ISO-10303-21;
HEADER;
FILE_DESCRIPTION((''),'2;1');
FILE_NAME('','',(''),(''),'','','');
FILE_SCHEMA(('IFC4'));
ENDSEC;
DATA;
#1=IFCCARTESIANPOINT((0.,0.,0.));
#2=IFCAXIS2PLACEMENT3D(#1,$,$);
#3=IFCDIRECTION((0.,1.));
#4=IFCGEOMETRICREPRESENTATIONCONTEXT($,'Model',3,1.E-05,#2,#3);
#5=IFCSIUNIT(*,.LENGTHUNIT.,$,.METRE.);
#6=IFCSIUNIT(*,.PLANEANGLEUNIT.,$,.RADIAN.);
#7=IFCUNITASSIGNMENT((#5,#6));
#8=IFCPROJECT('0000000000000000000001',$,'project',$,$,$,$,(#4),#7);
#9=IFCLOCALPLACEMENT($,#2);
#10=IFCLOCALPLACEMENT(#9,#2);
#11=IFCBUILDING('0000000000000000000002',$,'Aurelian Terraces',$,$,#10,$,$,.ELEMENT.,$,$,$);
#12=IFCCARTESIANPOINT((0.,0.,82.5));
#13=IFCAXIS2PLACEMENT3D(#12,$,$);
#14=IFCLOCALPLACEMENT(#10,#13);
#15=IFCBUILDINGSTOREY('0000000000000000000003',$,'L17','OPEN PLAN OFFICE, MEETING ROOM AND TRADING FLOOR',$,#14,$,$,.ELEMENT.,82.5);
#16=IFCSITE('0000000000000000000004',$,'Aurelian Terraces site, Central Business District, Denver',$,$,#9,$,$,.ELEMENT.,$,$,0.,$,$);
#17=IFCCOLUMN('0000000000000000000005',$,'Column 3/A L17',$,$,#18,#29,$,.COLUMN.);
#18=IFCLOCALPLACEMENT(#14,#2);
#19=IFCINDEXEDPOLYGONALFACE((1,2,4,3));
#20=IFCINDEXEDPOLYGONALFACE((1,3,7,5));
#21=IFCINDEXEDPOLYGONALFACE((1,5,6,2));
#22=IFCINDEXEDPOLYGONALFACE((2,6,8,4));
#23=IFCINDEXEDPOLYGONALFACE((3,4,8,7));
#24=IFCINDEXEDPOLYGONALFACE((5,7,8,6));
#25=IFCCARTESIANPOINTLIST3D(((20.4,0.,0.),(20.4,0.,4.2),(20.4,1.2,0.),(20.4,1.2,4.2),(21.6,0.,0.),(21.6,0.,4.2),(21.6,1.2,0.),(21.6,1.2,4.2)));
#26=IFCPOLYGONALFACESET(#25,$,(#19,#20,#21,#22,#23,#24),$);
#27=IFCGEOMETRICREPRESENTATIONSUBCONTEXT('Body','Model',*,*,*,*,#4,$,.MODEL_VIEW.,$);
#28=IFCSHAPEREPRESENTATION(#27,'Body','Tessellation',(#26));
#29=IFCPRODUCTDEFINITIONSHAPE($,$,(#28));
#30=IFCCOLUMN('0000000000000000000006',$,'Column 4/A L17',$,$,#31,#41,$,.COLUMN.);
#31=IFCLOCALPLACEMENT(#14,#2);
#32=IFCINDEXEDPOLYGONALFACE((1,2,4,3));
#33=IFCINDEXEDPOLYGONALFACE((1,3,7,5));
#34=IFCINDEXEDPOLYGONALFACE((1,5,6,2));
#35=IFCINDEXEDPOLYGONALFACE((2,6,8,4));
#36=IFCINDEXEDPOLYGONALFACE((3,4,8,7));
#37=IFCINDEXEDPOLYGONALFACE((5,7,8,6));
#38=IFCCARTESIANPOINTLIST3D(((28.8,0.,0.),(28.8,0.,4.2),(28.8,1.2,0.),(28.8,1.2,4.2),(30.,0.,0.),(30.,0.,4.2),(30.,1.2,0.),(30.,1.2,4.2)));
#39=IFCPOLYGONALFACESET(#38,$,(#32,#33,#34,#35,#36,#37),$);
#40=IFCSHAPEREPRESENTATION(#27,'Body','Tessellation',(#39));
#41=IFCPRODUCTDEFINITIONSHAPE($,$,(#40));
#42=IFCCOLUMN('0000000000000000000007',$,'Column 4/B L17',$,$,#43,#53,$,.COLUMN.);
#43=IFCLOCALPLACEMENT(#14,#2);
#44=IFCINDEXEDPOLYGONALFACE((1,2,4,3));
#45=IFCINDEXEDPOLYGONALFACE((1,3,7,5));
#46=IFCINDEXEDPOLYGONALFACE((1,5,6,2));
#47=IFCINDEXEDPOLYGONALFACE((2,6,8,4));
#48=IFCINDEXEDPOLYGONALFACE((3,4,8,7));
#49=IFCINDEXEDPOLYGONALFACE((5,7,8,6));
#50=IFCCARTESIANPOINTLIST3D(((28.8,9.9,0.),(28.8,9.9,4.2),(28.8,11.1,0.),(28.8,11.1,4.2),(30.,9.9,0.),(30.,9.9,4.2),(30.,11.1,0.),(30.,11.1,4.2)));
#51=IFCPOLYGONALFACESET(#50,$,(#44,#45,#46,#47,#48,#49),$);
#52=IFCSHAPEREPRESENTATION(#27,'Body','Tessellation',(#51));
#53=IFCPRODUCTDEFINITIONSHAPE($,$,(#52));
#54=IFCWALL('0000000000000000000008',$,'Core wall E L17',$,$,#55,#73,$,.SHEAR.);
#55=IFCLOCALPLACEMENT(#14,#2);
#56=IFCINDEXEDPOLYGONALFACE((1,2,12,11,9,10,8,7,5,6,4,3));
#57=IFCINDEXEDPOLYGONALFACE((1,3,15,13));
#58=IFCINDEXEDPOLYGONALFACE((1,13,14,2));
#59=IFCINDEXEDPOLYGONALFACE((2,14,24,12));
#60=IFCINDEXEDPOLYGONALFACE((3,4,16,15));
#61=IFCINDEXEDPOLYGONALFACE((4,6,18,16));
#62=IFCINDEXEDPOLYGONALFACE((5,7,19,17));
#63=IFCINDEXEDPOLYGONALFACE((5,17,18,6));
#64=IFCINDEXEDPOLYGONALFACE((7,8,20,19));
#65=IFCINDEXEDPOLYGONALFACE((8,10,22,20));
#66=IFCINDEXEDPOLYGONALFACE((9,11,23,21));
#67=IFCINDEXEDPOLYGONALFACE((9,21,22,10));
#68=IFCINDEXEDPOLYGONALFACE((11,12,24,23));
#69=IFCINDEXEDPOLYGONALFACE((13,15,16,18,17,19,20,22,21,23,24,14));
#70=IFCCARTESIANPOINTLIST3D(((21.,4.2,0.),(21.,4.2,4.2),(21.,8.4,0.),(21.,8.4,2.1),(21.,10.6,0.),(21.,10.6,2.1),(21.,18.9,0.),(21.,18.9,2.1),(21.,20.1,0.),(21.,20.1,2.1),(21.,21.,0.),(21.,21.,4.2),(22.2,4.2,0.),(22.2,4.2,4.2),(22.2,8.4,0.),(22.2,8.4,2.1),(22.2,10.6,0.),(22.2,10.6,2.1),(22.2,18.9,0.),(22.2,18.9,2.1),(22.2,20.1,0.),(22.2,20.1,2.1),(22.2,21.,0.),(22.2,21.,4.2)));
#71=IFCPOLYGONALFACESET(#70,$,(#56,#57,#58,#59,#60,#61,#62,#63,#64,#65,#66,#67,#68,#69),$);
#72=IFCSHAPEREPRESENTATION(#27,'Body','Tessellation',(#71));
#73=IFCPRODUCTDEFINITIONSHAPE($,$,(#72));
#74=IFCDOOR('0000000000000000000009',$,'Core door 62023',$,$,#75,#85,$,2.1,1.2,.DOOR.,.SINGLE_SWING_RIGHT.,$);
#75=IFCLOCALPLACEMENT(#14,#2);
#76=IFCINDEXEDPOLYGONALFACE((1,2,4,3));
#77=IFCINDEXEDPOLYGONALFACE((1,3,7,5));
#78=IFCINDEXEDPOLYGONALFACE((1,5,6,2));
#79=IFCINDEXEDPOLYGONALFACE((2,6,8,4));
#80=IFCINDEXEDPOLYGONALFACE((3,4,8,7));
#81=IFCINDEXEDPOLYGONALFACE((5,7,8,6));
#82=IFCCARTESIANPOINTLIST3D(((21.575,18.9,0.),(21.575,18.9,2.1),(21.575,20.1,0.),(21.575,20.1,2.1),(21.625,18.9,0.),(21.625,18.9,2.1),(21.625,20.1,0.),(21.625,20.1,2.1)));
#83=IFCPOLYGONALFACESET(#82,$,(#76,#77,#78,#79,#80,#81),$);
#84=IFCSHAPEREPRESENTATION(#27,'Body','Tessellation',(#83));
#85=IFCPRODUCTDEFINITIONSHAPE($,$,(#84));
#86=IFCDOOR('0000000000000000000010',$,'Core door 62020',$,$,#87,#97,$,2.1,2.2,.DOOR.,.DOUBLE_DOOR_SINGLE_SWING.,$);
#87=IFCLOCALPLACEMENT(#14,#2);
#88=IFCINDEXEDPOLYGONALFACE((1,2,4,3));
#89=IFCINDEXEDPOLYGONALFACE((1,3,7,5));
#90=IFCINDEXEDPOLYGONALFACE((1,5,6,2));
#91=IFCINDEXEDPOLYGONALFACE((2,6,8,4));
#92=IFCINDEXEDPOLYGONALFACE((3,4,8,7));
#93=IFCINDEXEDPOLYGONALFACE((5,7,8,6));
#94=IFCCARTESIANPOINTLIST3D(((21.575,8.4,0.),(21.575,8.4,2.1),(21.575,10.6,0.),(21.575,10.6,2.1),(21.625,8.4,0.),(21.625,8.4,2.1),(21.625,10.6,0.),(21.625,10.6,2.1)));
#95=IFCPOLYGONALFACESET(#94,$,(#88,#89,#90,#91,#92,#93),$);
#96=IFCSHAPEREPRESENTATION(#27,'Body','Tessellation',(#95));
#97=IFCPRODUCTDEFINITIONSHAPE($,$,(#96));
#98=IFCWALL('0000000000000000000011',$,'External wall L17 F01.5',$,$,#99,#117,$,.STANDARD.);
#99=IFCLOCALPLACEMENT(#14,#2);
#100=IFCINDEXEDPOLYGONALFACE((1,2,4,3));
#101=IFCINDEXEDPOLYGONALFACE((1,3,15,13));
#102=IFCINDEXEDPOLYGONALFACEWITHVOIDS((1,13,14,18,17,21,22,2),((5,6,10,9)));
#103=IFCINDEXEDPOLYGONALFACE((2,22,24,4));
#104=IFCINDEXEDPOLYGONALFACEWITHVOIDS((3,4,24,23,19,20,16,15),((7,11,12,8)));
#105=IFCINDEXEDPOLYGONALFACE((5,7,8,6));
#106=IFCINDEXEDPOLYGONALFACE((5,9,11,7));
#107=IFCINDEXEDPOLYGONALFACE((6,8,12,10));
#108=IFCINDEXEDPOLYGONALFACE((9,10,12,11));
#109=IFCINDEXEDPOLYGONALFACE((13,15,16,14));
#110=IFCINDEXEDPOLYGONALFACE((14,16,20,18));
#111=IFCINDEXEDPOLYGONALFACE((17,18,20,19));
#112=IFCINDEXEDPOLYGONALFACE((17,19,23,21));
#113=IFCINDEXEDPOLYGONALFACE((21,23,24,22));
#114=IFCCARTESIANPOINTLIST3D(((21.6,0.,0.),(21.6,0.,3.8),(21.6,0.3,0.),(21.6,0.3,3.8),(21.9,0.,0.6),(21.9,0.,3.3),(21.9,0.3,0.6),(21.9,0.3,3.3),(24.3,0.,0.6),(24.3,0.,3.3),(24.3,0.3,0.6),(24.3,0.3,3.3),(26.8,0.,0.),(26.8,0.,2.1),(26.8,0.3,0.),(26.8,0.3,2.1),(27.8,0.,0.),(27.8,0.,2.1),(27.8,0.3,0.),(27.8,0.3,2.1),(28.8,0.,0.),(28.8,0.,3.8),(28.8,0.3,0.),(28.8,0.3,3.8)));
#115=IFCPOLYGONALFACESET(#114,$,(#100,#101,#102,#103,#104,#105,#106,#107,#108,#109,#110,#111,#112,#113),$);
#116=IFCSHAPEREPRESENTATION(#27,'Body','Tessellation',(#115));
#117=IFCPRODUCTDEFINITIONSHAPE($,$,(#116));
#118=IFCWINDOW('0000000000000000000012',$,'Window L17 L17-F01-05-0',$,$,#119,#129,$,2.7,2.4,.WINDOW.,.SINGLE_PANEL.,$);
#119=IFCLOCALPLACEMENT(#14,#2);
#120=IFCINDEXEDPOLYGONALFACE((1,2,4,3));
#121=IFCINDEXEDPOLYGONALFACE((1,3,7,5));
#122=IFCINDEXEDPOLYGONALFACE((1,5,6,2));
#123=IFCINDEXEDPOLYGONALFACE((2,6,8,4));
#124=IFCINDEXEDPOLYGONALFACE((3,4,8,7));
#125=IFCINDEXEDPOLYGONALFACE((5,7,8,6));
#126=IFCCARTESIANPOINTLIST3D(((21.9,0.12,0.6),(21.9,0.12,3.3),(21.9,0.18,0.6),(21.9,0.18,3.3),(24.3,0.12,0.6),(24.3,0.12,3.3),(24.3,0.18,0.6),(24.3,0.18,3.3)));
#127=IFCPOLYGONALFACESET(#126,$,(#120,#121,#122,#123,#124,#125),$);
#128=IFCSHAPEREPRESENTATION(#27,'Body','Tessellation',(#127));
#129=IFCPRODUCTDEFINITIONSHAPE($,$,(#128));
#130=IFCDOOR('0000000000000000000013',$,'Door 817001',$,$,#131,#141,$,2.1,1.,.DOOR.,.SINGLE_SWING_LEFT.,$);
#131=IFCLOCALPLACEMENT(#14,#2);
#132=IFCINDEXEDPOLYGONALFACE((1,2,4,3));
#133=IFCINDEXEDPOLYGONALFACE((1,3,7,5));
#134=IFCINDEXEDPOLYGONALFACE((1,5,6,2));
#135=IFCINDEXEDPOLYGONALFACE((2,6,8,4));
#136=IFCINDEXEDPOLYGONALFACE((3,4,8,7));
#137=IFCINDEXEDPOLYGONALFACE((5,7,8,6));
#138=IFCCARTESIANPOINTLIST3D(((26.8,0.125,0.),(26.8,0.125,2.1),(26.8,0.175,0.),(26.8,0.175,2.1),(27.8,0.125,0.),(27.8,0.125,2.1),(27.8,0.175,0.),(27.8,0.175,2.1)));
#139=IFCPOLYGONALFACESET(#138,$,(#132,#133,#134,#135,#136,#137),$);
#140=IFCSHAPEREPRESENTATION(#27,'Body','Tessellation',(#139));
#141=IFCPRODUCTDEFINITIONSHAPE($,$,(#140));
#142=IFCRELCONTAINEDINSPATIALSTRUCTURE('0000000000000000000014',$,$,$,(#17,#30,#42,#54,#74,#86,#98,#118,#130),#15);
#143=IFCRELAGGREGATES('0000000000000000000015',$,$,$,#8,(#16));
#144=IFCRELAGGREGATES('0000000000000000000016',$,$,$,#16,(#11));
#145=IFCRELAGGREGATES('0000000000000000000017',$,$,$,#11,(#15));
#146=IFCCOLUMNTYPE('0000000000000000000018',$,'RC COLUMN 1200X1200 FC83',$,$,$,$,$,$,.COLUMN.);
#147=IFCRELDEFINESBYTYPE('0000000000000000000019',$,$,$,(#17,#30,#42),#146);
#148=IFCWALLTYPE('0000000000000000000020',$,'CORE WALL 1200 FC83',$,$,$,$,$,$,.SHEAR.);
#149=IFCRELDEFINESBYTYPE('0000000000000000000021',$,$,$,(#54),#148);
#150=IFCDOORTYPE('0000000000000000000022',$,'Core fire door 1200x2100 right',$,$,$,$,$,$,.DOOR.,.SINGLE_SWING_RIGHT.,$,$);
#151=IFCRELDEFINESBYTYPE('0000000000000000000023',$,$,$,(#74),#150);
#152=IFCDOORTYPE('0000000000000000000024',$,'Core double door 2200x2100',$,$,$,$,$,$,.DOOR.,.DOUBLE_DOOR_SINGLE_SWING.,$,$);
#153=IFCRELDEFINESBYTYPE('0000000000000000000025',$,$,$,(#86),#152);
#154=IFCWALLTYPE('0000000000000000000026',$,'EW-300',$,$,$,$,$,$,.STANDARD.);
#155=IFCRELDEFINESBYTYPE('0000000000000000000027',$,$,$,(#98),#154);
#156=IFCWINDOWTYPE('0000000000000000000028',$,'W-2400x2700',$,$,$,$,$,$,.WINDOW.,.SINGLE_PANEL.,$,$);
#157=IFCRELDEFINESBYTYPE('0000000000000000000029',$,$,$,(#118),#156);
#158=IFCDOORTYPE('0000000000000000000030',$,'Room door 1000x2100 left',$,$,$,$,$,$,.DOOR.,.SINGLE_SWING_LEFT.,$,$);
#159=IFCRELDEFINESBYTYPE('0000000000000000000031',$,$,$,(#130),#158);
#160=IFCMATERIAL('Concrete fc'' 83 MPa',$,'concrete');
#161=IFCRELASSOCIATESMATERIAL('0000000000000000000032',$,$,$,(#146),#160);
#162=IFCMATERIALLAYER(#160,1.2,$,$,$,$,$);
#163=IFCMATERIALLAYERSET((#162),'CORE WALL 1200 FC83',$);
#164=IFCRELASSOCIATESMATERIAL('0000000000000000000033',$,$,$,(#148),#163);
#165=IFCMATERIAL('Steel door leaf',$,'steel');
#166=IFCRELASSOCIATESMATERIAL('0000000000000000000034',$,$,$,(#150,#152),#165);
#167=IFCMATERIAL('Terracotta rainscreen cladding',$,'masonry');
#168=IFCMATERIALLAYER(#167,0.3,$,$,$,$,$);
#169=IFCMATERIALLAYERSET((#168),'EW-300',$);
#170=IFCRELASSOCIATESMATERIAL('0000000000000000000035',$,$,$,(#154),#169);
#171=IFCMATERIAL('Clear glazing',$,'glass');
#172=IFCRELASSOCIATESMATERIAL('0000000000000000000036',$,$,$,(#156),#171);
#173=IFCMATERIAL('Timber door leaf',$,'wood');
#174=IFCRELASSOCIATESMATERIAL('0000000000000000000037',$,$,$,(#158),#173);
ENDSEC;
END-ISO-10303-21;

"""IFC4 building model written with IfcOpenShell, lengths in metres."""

from ifc_helpers import new_model, si_unit, direction, frame, frame_2d, origin, origin_2d, place, context, subcontext, project, spatial, rectangle, extrude, source, transform, mapped, material, layer, layer_set, material_profile, profile_set, type_object, element, fill, save


model = new_model("IFC4")

# Units and contexts
model_context = context("Model", 3, precision=1e-05, world=origin(), true_north=direction((0.0, 1.0)))
body_context = subcontext(model_context, "Body", "Model", "MODEL_VIEW")
ifc_project = project(units=[si_unit("LENGTHUNIT", "METRE"), si_unit("PLANEANGLEUNIT", "RADIAN")], contexts=[model_context])

# Site, building, storey
site_placement = place(None, origin())
site = spatial("IfcSite", under=ifc_project, at=site_placement, Name="Aurelian Terraces site, Central Business District, Denver", CompositionType="ELEMENT", RefElevation=0.0)
building_placement = place(site_placement, origin())
building = spatial("IfcBuilding", under=site, at=building_placement, Name="Aurelian Terraces", CompositionType="ELEMENT")
storey_placement = place(building_placement, frame((0.0, 0.0, 82.5)))
storey = spatial("IfcBuildingStorey", under=building, at=storey_placement, Name="L17", Description="OPEN PLAN OFFICE, MEETING ROOM AND TRADING FLOOR", CompositionType="ELEMENT", Elevation=82.5)

# Columns
ifc_material_1 = material(Name="Concrete fc' 83 MPa", Category="concrete")
ifc_material_profile = material_profile(ifc_material_1, rectangle(XDim=1.2, YDim=1.2, at=origin_2d()))
ifc_profile_set = profile_set([ifc_material_profile], Name="Concrete fc' 83 MPa")
column_type = type_object("IfcColumnType", Name="RC COLUMN 1200X1200 FC83", PredefinedType="COLUMN", material=ifc_profile_set)
shared_shape_1 = source(origin(), body_context, "Body", "SweptSolid", [
    extrude(rectangle(XDim=1.2, YDim=1.2, at=origin_2d()), origin(), (0.0, 0.0, 1.0), 4.2),
])
for number, where, z_axis, x_axis, name in (
    (1, (21.0, 0.6, 0.0), (0.0, 0.0, 1.0), (1.0, 0.0, 0.0), "Column 3/A L17"),
    (2, (29.4, 0.6, 0.0), (0.0, 0.0, 1.0), (1.0, 0.0, 0.0), "Column 4/A L17"),
    (3, (29.4, 10.5, 0.0), (0.0, 0.0, 1.0), (1.0, 0.0, 0.0), "Column 4/B L17"),
):
    element("IfcColumn", number, at=place(storey_placement, frame(where, z_axis=z_axis, x_axis=x_axis)), inside=storey, type_object=column_type, Name=name, PredefinedType="COLUMN", context=body_context, shape_type="MappedRepresentation", body=[
        mapped(shared_shape_1, transform((0.0, 0.0, 0.0), scale=1.0)),
    ])

# Wall, openings, doors
ifc_layer_1 = layer(ifc_material_1, 1.2)
ifc_layer_set_1 = layer_set([ifc_layer_1], Name="CORE WALL 1200 FC83")
wall_type_1 = type_object("IfcWallType", Name="CORE WALL 1200 FC83", PredefinedType="SHEAR", material=ifc_layer_set_1)
shared_shape_2 = source(origin(), body_context, "Body", "SweptSolid", [
    extrude(rectangle(XDim=16.8, YDim=1.2, at=frame_2d((8.4, 0.0))), origin(), (0.0, 0.0, 1.0), 4.2),
])
wall_1_placement = place(storey_placement, frame((21.6, 4.2, 0.0), z_axis=(0.0, 0.0, 1.0), x_axis=(0.0, 1.0, 0.0)))
wall_1 = element("IfcWall", 4, at=wall_1_placement, inside=storey, type_object=wall_type_1, Name="Core wall E L17", PredefinedType="SHEAR", context=body_context, shape_type="MappedRepresentation", body=[
    mapped(shared_shape_2, transform((0.0, 0.0, 0.0), scale=1.0)),
])
shared_shape_3 = source(origin(), body_context, "Body", "SweptSolid", [
    extrude(rectangle(XDim=2.2, YDim=2.1, at=frame_2d((1.1, 1.05))), frame((0.0, 0.61, 0.0), z_axis=(0.0, -1.0, 0.0), x_axis=(1.0, 0.0, 0.0)), (0.0, 0.0, 1.0), 1.22),
])
opening_1_placement = place(wall_1_placement, frame((4.2, 0.0, 0.0)))
opening_1 = element("IfcOpeningElement", 5, at=opening_1_placement, cuts=wall_1, PredefinedType="OPENING", context=body_context, shape_type="MappedRepresentation", body=[
    mapped(shared_shape_3, transform((0.0, 0.0, 0.0), scale=1.0)),
])
shared_shape_4 = source(origin(), body_context, "Body", "SweptSolid", [
    extrude(rectangle(XDim=1.2, YDim=2.1, at=frame_2d((0.6, 1.05))), frame((0.0, 0.61, 0.0), z_axis=(0.0, -1.0, 0.0), x_axis=(1.0, 0.0, 0.0)), (0.0, 0.0, 1.0), 1.22),
])
opening_2_placement = place(wall_1_placement, frame((14.7, 0.0, 0.0)))
opening_2 = element("IfcOpeningElement", 6, at=opening_2_placement, cuts=wall_1, PredefinedType="OPENING", context=body_context, shape_type="MappedRepresentation", body=[
    mapped(shared_shape_4, transform((0.0, 0.0, 0.0), scale=1.0)),
])
ifc_material_2 = material(Name="Steel door leaf", Category="steel")
door_type_1 = type_object("IfcDoorType", Name="Core fire door 1200x2100 right", OperationType="SINGLE_SWING_RIGHT", PredefinedType="DOOR", material=ifc_material_2)
shared_shape_5 = source(origin(), body_context, "Body", "SweptSolid", [
    extrude(rectangle(XDim=1.2, YDim=2.1, at=frame_2d((0.6, 1.05))), frame((0.0, 0.025, 0.0), z_axis=(0.0, -1.0, 0.0), x_axis=(1.0, 0.0, 0.0)), (0.0, 0.0, 1.0), 0.05),
])
door_1_placement = place(opening_2_placement, origin())
door_1 = element("IfcDoor", 7, at=door_1_placement, inside=storey, type_object=door_type_1, Name="Core door 62023", OperationType="SINGLE_SWING_RIGHT", OverallHeight=2.1, OverallWidth=1.2, PredefinedType="DOOR", context=body_context, shape_type="MappedRepresentation", body=[
    mapped(shared_shape_5, transform((0.0, 0.0, 0.0), scale=1.0)),
])
fill(opening_2, door_1)
door_type_2 = type_object("IfcDoorType", Name="Core double door 2200x2100", OperationType="DOUBLE_DOOR_SINGLE_SWING", PredefinedType="DOOR", material=ifc_material_2)
shared_shape_6 = source(origin(), body_context, "Body", "SweptSolid", [
    extrude(rectangle(XDim=2.2, YDim=2.1, at=frame_2d((1.1, 1.05))), frame((0.0, 0.025, 0.0), z_axis=(0.0, -1.0, 0.0), x_axis=(1.0, 0.0, 0.0)), (0.0, 0.0, 1.0), 0.05),
])
door_2_placement = place(opening_1_placement, origin())
door_2 = element("IfcDoor", 8, at=door_2_placement, inside=storey, type_object=door_type_2, Name="Core door 62020", OperationType="DOUBLE_DOOR_SINGLE_SWING", OverallHeight=2.1, OverallWidth=2.2, PredefinedType="DOOR", context=body_context, shape_type="MappedRepresentation", body=[
    mapped(shared_shape_6, transform((0.0, 0.0, 0.0), scale=1.0)),
])
fill(opening_1, door_2)

# Wall, openings, window, door
ifc_material_3 = material(Name="Terracotta rainscreen cladding", Category="masonry")
ifc_layer_2 = layer(ifc_material_3, 0.3)
ifc_layer_set_2 = layer_set([ifc_layer_2], Name="EW-300")
wall_type_2 = type_object("IfcWallType", Name="EW-300", PredefinedType="STANDARD", material=ifc_layer_set_2)
shared_shape_7 = source(origin(), body_context, "Body", "SweptSolid", [
    extrude(rectangle(XDim=7.2, YDim=0.3, at=frame_2d((3.6, 0.0))), origin(), (0.0, 0.0, 1.0), 3.8),
])
wall_2_placement = place(storey_placement, frame((21.6, 0.15, 0.0), z_axis=(0.0, 0.0, 1.0), x_axis=(1.0, 0.0, 0.0)))
wall_2 = element("IfcWall", 9, at=wall_2_placement, inside=storey, type_object=wall_type_2, Name="External wall L17 F01.5", PredefinedType="STANDARD", context=body_context, shape_type="MappedRepresentation", body=[
    mapped(shared_shape_7, transform((0.0, 0.0, 0.0), scale=1.0)),
])
shared_shape_8 = source(origin(), body_context, "Body", "SweptSolid", [
    extrude(rectangle(XDim=2.4, YDim=2.7, at=frame_2d((1.2, 1.35))), frame((0.0, 0.16, 0.0), z_axis=(0.0, -1.0, 0.0), x_axis=(1.0, 0.0, 0.0)), (0.0, 0.0, 1.0), 0.32),
])
opening_3_placement = place(wall_2_placement, frame((0.3, 0.0, 0.6)))
opening_3 = element("IfcOpeningElement", 10, at=opening_3_placement, cuts=wall_2, PredefinedType="OPENING", context=body_context, shape_type="MappedRepresentation", body=[
    mapped(shared_shape_8, transform((0.0, 0.0, 0.0), scale=1.0)),
])
shared_shape_9 = source(origin(), body_context, "Body", "SweptSolid", [
    extrude(rectangle(XDim=1.0, YDim=2.1, at=frame_2d((0.5, 1.05))), frame((0.0, 0.16, 0.0), z_axis=(0.0, -1.0, 0.0), x_axis=(1.0, 0.0, 0.0)), (0.0, 0.0, 1.0), 0.32),
])
opening_4_placement = place(wall_2_placement, frame((5.2, 0.0, 0.0)))
opening_4 = element("IfcOpeningElement", 11, at=opening_4_placement, cuts=wall_2, PredefinedType="OPENING", context=body_context, shape_type="MappedRepresentation", body=[
    mapped(shared_shape_9, transform((0.0, 0.0, 0.0), scale=1.0)),
])
ifc_material_4 = material(Name="Clear glazing", Category="glass")
window_type_1 = type_object("IfcWindowType", Name="W-2400x2700", PartitioningType="SINGLE_PANEL", PredefinedType="WINDOW", material=ifc_material_4)
shared_shape_10 = source(origin(), body_context, "Body", "SweptSolid", [
    extrude(rectangle(XDim=2.4, YDim=2.7, at=frame_2d((1.2, 1.35))), frame((0.0, 0.03, 0.0), z_axis=(0.0, -1.0, 0.0), x_axis=(1.0, 0.0, 0.0)), (0.0, 0.0, 1.0), 0.06),
])
window_1_placement = place(opening_3_placement, origin())
window_1 = element("IfcWindow", 12, at=window_1_placement, inside=storey, type_object=window_type_1, Name="Window L17 L17-F01-05-0", OverallHeight=2.7, OverallWidth=2.4, PartitioningType="SINGLE_PANEL", PredefinedType="WINDOW", context=body_context, shape_type="MappedRepresentation", body=[
    mapped(shared_shape_10, transform((0.0, 0.0, 0.0), scale=1.0)),
])
fill(opening_3, window_1)
ifc_material_5 = material(Name="Timber door leaf", Category="wood")
door_type_3 = type_object("IfcDoorType", Name="Room door 1000x2100 left", OperationType="SINGLE_SWING_LEFT", PredefinedType="DOOR", material=ifc_material_5)
shared_shape_11 = source(origin(), body_context, "Body", "SweptSolid", [
    extrude(rectangle(XDim=1.0, YDim=2.1, at=frame_2d((0.5, 1.05))), frame((0.0, 0.025, 0.0), z_axis=(0.0, -1.0, 0.0), x_axis=(1.0, 0.0, 0.0)), (0.0, 0.0, 1.0), 0.05),
])
door_3_placement = place(opening_4_placement, origin())
door_3 = element("IfcDoor", 13, at=door_3_placement, inside=storey, type_object=door_type_3, Name="Door 817001", OperationType="SINGLE_SWING_LEFT", OverallHeight=2.1, OverallWidth=1.0, PredefinedType="DOOR", context=body_context, shape_type="MappedRepresentation", body=[
    mapped(shared_shape_11, transform((0.0, 0.0, 0.0), scale=1.0)),
])
fill(opening_4, door_3)

save(model, "model.ifc")
